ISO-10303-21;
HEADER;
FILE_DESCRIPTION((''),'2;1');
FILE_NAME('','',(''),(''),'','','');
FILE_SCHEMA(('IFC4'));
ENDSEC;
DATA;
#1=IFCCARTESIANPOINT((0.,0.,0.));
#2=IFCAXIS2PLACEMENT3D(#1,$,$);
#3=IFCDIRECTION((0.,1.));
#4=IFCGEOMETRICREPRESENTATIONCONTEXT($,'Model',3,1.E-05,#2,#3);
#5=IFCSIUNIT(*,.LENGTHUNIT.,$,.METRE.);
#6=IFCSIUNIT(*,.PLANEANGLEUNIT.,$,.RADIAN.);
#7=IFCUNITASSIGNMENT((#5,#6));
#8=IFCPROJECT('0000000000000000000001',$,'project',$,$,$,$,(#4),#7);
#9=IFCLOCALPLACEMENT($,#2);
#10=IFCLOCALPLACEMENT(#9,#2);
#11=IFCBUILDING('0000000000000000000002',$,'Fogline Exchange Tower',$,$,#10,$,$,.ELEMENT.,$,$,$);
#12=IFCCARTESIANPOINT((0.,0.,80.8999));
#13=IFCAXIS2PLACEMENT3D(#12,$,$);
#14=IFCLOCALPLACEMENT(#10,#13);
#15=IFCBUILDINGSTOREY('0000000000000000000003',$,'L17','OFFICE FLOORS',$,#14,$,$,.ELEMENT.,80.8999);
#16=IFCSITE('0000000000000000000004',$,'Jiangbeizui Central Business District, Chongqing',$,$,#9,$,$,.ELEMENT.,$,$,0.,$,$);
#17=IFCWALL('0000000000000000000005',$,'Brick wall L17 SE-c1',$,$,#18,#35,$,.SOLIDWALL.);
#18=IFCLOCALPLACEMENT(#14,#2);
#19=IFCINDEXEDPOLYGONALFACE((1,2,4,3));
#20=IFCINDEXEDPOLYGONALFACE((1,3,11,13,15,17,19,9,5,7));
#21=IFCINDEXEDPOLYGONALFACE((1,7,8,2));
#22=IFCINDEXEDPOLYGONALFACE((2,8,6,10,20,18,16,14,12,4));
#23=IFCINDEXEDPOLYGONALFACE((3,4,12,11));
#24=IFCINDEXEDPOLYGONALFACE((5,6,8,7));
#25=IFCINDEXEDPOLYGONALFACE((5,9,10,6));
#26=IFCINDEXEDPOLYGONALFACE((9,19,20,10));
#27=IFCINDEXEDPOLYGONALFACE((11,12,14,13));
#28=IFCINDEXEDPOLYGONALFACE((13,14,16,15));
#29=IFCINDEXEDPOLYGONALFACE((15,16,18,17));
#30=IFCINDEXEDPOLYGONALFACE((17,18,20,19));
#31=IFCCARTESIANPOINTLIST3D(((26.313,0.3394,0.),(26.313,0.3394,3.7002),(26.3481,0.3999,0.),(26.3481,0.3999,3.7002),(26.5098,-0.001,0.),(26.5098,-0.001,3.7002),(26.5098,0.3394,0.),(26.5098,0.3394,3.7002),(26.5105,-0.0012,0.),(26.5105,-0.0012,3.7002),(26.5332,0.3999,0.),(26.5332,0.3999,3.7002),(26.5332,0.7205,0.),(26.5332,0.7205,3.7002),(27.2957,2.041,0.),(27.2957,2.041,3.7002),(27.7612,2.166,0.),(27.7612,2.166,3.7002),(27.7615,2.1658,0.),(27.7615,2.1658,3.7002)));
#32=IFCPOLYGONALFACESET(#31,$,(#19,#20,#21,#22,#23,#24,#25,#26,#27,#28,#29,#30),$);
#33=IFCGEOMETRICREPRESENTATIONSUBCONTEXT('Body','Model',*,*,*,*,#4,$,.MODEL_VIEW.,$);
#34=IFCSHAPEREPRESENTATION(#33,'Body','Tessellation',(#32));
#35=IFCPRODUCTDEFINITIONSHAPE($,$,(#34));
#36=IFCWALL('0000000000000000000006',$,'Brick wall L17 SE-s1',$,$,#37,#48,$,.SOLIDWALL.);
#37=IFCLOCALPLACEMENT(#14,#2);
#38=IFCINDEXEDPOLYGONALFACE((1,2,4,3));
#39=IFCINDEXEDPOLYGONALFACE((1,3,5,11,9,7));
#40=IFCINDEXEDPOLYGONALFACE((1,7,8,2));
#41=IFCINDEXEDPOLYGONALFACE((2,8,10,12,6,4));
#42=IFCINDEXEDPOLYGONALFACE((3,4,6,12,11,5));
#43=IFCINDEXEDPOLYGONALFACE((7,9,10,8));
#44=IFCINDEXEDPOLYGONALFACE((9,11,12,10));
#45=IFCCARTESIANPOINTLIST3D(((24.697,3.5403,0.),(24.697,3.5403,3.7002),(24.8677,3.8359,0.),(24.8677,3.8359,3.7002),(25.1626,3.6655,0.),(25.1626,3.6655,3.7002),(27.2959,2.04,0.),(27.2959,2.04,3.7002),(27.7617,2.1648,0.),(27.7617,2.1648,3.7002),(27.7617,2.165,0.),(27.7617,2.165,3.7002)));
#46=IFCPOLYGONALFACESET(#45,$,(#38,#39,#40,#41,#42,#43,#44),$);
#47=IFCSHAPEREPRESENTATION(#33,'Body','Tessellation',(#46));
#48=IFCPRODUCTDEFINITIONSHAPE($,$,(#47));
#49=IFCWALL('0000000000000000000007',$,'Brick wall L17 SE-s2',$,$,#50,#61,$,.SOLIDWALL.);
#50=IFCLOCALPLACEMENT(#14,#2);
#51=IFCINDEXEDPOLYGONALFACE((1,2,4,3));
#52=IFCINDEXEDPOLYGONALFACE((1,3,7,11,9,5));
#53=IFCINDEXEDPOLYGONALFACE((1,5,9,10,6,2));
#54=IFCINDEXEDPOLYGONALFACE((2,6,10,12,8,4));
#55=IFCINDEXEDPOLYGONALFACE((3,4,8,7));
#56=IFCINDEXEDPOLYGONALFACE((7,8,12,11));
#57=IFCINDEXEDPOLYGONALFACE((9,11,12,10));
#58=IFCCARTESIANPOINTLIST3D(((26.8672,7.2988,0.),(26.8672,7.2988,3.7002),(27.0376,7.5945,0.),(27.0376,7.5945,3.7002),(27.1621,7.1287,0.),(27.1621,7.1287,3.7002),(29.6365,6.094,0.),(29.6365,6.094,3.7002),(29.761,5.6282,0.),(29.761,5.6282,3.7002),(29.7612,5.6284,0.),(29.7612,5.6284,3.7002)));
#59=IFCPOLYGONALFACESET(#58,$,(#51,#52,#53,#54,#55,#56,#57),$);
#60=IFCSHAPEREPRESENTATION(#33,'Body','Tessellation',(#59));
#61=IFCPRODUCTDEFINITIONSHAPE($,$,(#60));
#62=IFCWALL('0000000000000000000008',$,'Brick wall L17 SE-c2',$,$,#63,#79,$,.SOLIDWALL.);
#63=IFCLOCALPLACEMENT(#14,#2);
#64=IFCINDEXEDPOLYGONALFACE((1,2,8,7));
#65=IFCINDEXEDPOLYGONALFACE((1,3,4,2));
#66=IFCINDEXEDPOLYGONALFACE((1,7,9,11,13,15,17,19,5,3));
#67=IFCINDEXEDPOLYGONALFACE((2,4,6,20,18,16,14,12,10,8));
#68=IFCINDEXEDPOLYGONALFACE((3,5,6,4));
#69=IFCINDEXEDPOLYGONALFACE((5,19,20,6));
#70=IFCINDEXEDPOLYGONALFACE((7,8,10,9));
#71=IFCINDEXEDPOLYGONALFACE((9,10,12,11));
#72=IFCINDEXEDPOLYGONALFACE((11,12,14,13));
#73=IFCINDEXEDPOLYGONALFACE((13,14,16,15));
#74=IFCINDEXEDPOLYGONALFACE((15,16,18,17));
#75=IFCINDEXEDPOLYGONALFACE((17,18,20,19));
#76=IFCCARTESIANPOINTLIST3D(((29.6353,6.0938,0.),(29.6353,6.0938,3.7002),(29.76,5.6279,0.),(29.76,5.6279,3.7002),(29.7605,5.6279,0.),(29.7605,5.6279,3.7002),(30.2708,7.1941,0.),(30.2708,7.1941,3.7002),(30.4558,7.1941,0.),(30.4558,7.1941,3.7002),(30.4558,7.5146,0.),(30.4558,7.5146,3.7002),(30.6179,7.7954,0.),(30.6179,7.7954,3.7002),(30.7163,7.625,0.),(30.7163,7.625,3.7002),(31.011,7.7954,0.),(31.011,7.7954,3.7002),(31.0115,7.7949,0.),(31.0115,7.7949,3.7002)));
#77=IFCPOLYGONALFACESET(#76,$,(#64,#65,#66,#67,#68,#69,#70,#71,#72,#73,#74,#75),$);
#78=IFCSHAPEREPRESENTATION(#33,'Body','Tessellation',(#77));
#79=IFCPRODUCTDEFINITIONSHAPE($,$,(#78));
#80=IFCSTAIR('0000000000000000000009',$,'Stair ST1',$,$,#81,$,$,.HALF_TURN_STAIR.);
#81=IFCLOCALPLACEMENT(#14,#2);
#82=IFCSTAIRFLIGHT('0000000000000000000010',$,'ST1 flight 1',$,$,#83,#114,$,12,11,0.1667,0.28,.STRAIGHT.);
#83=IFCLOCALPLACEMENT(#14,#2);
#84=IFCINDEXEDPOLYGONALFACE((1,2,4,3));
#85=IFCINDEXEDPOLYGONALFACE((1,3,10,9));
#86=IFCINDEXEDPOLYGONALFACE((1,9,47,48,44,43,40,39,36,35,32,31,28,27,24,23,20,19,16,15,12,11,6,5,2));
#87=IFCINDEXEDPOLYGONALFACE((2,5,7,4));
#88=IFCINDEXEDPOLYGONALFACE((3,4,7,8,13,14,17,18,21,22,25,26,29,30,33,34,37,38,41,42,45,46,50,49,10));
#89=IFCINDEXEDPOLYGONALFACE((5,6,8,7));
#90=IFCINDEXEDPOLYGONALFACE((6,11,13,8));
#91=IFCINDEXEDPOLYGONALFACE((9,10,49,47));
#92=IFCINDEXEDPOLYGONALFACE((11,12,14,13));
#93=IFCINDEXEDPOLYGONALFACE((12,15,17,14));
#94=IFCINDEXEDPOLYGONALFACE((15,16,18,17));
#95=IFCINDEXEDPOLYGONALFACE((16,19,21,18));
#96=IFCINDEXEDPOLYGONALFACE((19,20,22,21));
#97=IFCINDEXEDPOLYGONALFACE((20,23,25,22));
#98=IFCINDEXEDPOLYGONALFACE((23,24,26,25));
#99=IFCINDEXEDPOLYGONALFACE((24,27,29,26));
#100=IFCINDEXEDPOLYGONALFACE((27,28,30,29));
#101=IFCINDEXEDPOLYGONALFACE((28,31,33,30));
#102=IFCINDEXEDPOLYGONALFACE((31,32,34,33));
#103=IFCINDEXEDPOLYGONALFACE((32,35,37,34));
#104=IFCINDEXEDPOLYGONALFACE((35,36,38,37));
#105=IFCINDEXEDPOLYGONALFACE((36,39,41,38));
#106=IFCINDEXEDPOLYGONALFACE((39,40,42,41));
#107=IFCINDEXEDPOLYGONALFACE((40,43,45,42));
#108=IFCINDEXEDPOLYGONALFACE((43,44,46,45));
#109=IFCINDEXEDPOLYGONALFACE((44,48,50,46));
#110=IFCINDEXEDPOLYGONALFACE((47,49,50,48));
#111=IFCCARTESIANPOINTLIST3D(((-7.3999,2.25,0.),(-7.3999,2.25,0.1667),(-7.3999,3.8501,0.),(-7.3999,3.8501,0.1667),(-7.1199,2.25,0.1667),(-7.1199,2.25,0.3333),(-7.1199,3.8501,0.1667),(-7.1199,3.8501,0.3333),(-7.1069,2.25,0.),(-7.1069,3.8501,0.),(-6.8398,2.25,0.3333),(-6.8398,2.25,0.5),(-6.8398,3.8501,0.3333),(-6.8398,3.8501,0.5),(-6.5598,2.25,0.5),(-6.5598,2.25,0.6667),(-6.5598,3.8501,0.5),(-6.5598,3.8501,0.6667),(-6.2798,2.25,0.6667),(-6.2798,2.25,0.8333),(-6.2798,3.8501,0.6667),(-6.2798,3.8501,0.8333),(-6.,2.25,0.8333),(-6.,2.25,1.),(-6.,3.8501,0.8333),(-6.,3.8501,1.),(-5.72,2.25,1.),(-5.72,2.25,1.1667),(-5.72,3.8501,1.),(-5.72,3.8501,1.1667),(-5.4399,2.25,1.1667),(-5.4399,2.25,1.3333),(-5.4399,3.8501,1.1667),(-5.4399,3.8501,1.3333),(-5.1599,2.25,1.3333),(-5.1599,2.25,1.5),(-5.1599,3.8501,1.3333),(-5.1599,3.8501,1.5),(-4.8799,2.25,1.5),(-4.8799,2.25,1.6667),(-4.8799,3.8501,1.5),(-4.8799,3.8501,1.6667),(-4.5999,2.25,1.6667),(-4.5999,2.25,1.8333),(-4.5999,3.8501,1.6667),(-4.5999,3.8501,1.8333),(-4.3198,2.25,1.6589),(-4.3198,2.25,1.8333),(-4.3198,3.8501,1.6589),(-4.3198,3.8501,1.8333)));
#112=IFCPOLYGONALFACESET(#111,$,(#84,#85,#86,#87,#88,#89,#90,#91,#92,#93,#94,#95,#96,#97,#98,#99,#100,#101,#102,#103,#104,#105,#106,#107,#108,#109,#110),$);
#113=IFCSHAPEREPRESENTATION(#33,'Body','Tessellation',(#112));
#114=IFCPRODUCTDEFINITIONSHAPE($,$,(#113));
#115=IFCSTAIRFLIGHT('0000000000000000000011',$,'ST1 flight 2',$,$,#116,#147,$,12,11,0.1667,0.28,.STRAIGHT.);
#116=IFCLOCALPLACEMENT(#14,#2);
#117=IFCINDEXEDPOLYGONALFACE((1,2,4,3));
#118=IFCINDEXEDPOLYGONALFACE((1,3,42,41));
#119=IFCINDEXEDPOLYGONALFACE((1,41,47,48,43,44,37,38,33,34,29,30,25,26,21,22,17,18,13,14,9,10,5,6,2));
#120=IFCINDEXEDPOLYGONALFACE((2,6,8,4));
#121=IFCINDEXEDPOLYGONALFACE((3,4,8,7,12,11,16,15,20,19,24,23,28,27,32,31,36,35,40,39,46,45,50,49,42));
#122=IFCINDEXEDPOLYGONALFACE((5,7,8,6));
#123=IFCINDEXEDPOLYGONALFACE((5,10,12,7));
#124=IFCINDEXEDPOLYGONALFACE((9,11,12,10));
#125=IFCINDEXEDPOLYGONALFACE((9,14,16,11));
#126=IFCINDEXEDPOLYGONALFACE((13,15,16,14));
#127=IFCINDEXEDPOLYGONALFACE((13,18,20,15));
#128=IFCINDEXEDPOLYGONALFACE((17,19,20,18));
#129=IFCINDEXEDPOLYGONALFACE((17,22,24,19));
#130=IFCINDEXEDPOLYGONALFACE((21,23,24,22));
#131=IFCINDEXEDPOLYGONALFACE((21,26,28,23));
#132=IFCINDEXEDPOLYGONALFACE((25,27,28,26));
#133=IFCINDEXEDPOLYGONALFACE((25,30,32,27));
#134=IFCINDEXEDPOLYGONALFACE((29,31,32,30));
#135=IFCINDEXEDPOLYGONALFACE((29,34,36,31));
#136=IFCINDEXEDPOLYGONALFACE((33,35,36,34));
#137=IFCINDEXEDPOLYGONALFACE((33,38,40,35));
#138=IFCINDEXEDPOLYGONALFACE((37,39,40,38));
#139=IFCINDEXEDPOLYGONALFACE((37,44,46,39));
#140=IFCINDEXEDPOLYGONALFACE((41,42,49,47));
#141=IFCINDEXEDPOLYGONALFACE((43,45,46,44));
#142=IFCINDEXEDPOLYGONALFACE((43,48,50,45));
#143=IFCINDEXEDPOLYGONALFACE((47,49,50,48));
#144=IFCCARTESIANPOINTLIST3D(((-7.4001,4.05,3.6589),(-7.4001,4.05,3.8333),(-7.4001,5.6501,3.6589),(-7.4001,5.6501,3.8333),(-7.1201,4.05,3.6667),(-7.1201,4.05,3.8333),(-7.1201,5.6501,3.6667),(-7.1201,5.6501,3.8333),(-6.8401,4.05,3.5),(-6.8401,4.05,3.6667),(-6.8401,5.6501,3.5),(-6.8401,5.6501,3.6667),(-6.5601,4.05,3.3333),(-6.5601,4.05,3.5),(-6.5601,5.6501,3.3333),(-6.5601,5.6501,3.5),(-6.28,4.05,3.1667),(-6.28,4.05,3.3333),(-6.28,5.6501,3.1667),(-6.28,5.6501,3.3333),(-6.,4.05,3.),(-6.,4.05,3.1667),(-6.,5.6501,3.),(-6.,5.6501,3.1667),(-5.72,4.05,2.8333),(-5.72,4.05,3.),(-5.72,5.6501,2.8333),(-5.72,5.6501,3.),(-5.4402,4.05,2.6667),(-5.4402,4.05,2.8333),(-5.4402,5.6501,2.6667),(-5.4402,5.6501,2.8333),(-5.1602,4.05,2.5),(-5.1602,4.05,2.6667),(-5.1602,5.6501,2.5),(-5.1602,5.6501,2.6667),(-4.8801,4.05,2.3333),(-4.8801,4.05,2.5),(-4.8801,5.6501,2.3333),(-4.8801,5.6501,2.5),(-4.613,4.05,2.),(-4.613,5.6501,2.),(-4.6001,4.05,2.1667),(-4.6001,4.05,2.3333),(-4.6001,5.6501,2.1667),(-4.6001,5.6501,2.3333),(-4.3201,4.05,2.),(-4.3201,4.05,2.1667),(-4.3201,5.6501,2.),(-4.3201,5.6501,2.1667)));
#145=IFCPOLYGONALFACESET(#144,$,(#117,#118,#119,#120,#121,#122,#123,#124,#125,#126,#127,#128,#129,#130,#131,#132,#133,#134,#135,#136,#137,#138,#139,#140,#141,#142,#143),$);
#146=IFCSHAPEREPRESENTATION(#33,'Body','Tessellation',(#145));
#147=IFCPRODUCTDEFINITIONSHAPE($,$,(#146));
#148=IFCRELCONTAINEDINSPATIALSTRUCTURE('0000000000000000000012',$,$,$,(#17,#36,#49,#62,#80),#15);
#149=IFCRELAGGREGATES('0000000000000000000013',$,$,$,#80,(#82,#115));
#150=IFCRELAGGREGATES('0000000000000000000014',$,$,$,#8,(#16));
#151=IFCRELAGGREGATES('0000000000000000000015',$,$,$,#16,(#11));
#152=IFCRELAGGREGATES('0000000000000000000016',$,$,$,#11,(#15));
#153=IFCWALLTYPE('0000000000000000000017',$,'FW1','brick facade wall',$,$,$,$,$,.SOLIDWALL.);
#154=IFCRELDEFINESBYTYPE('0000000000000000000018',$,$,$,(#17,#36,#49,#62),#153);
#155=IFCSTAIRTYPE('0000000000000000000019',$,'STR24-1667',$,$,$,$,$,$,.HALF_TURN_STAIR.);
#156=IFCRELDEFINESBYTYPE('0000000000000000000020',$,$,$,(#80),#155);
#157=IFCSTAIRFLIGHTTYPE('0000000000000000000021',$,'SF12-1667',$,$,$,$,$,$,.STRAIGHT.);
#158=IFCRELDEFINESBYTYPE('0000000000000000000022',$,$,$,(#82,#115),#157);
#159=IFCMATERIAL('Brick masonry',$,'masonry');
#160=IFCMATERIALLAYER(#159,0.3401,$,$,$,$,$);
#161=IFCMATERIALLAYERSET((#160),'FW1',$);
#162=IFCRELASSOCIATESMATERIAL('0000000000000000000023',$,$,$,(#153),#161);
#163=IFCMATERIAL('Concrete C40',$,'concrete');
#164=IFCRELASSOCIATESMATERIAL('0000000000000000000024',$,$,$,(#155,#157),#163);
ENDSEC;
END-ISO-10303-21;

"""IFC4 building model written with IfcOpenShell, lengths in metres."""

from ifc_helpers import new_model, si_unit, direction, frame, origin, place, context, subcontext, project, spatial, polyline, outline, extrude, material, layer, layer_set, type_object, element, aggregate, save


model = new_model("IFC4")

# Units and contexts
model_context = context("Model", 3, precision=1e-05, world=origin(), true_north=direction((0.0, 1.0)))
body_context = subcontext(model_context, "Body", "Model", "MODEL_VIEW")
ifc_project = project(units=[si_unit("LENGTHUNIT", "METRE"), si_unit("PLANEANGLEUNIT", "RADIAN")], contexts=[model_context])

# Site, building, storey
site_placement = place(None, origin())
site = spatial("IfcSite", under=ifc_project, at=site_placement, Name="Jiangbeizui Central Business District, Chongqing", CompositionType="ELEMENT", RefElevation=0.0)
building_placement = place(site_placement, origin())
building = spatial("IfcBuilding", under=site, at=building_placement, Name="Fogline Exchange Tower", CompositionType="ELEMENT")
storey_placement = place(building_placement, frame((0.0, 0.0, 80.8999)))
storey = spatial("IfcBuildingStorey", under=building, at=storey_placement, Name="L17", Description="OFFICE FLOORS", CompositionType="ELEMENT", Elevation=80.8999)

# Shared definitions
ifc_material_1 = material(Name="Concrete C40", Category="concrete")

# Walls
ifc_material_2 = material(Name="Brick masonry", Category="masonry")
ifc_layer_1 = layer(ifc_material_2, 0.3401)
ifc_layer_set_1 = layer_set([ifc_layer_1], Name="FW1")
wall_type_1 = type_object("IfcWallType", Name="FW1", Description="brick facade wall", PredefinedType="SOLIDWALL", material=ifc_layer_set_1)
wall_1_placement = place(storey_placement, origin())
element("IfcWall", 1, at=wall_1_placement, inside=storey, type_object=wall_type_1, Name="Brick wall L17 SE-c1", PredefinedType="SOLIDWALL", context=body_context, shape_type="SweptSolid", body=[
    extrude(outline(polyline([(27.7615, 2.1658), (26.5105, -0.0012), (26.5098, -0.001), (26.5098, 0.3394), (26.313, 0.3394), (26.3481, 0.3999), (26.5332, 0.3999), (26.5332, 0.7205), (27.2957, 2.041), (27.7612, 2.166), (27.7615, 2.1658)])), origin(), (0.0, 0.0, 1.0), 3.7002),
])
wall_2_placement = place(storey_placement, origin())
element("IfcWall", 2, at=wall_2_placement, inside=storey, type_object=wall_type_1, Name="Brick wall L17 SE-s1", PredefinedType="SOLIDWALL", context=body_context, shape_type="SweptSolid", body=[
    extrude(outline(polyline([(24.697, 3.5403), (24.8677, 3.8359), (25.1626, 3.6655), (27.7617, 2.165), (27.7617, 2.1648), (27.2959, 2.04), (24.697, 3.5403)])), origin(), (0.0, 0.0, 1.0), 3.7002),
])
wall_3_placement = place(storey_placement, origin())
element("IfcWall", 3, at=wall_3_placement, inside=storey, type_object=wall_type_1, Name="Brick wall L17 SE-s2", PredefinedType="SOLIDWALL", context=body_context, shape_type="SweptSolid", body=[
    extrude(outline(polyline([(29.761, 5.6282), (27.1621, 7.1287), (26.8672, 7.2988), (27.0376, 7.5945), (29.6365, 6.094), (29.7612, 5.6284), (29.761, 5.6282)])), origin(), (0.0, 0.0, 1.0), 3.7002),
])
wall_4_placement = place(storey_placement, origin())
element("IfcWall", 4, at=wall_4_placement, inside=storey, type_object=wall_type_1, Name="Brick wall L17 SE-c2", PredefinedType="SOLIDWALL", context=body_context, shape_type="SweptSolid", body=[
    extrude(outline(polyline([(30.2708, 7.1941), (30.4558, 7.1941), (30.4558, 7.5146), (30.6179, 7.7954), (30.7163, 7.625), (31.011, 7.7954), (31.0115, 7.7949), (29.7605, 5.6279), (29.76, 5.6279), (29.6353, 6.0938), (30.2708, 7.1941)])), origin(), (0.0, 0.0, 1.0), 3.7002),
])

# Stair, stair flights
stair_type = type_object("IfcStairType", Name="STR24-1667", PredefinedType="HALF_TURN_STAIR", material=ifc_material_1)
stair_placement = place(storey_placement, origin())
stair = element("IfcStair", 5, at=stair_placement, inside=storey, type_object=stair_type, Name="Stair ST1", PredefinedType="HALF_TURN_STAIR")
stair_flight_type = type_object("IfcStairFlightType", Name="SF12-1667", PredefinedType="STRAIGHT", material=ifc_material_1)
stair_flight_1_placement = place(storey_placement, frame((-7.3999, 3.05, 0.0), z_axis=(0.0, 0.0, 1.0), x_axis=(1.0, 0.0, 0.0)))
stair_flight_1 = element("IfcStairFlight", 6, at=stair_flight_1_placement, type_object=stair_flight_type, Name="ST1 flight 1", NumberOfRisers=12, NumberOfTreads=11, PredefinedType="STRAIGHT", RiserHeight=0.1667, TreadLength=0.28, context=body_context, shape_type="SweptSolid", body=[
    extrude(outline(polyline([(0.0, 0.0), (0.0, 0.1667), (0.28, 0.1667), (0.28, 0.3333), (0.5601, 0.3333), (0.5601, 0.5), (0.8401, 0.5), (0.8401, 0.6667), (1.1201, 0.6667), (1.1201, 0.8333), (1.3999, 0.8333), (1.3999, 1.0), (1.6799, 1.0), (1.6799, 1.1667), (1.96, 1.1667), (1.96, 1.3333), (2.24, 1.3333), (2.24, 1.5), (2.52, 1.5), (2.52, 1.6667), (2.8, 1.6667), (2.8, 1.8333), (3.0801, 1.8333), (3.0801, 2.0), (3.0801, 1.6589), (0.293, 0.0), (0.0, 0.0)])), frame((0.0, 0.8, 0.0), z_axis=(0.0, -1.0, 0.0), x_axis=(1.0, 0.0, 0.0)), (0.0, 0.0, 1.0), 1.6001),
])
stair_flight_2_placement = place(storey_placement, frame((-4.3201, 4.8501, 2.0), z_axis=(0.0, 0.0, 1.0), x_axis=(-1.0, 0.0, 0.0)))
stair_flight_2 = element("IfcStairFlight", 7, at=stair_flight_2_placement, type_object=stair_flight_type, Name="ST1 flight 2", NumberOfRisers=12, NumberOfTreads=11, PredefinedType="STRAIGHT", RiserHeight=0.1667, TreadLength=0.28, context=body_context, shape_type="SweptSolid", body=[
    extrude(outline(polyline([(0.0, 0.0), (0.0, 0.1667), (0.28, 0.1667), (0.28, 0.3333), (0.5601, 0.3333), (0.5601, 0.5), (0.8401, 0.5), (0.8401, 0.6667), (1.1201, 0.6667), (1.1201, 0.8333), (1.3999, 0.8333), (1.3999, 1.0), (1.6799, 1.0), (1.6799, 1.1667), (1.96, 1.1667), (1.96, 1.3333), (2.24, 1.3333), (2.24, 1.5), (2.52, 1.5), (2.52, 1.6667), (2.8, 1.6667), (2.8, 1.8333), (3.0801, 1.8333), (3.0801, 2.0), (3.0801, 1.6589), (0.293, 0.0), (0.0, 0.0)])), frame((0.0, 0.8, 0.0), z_axis=(0.0, -1.0, 0.0), x_axis=(1.0, 0.0, 0.0)), (0.0, 0.0, 1.0), 1.6001),
])
aggregate(stair, [stair_flight_1, stair_flight_2])

save(model, "model.ifc")
